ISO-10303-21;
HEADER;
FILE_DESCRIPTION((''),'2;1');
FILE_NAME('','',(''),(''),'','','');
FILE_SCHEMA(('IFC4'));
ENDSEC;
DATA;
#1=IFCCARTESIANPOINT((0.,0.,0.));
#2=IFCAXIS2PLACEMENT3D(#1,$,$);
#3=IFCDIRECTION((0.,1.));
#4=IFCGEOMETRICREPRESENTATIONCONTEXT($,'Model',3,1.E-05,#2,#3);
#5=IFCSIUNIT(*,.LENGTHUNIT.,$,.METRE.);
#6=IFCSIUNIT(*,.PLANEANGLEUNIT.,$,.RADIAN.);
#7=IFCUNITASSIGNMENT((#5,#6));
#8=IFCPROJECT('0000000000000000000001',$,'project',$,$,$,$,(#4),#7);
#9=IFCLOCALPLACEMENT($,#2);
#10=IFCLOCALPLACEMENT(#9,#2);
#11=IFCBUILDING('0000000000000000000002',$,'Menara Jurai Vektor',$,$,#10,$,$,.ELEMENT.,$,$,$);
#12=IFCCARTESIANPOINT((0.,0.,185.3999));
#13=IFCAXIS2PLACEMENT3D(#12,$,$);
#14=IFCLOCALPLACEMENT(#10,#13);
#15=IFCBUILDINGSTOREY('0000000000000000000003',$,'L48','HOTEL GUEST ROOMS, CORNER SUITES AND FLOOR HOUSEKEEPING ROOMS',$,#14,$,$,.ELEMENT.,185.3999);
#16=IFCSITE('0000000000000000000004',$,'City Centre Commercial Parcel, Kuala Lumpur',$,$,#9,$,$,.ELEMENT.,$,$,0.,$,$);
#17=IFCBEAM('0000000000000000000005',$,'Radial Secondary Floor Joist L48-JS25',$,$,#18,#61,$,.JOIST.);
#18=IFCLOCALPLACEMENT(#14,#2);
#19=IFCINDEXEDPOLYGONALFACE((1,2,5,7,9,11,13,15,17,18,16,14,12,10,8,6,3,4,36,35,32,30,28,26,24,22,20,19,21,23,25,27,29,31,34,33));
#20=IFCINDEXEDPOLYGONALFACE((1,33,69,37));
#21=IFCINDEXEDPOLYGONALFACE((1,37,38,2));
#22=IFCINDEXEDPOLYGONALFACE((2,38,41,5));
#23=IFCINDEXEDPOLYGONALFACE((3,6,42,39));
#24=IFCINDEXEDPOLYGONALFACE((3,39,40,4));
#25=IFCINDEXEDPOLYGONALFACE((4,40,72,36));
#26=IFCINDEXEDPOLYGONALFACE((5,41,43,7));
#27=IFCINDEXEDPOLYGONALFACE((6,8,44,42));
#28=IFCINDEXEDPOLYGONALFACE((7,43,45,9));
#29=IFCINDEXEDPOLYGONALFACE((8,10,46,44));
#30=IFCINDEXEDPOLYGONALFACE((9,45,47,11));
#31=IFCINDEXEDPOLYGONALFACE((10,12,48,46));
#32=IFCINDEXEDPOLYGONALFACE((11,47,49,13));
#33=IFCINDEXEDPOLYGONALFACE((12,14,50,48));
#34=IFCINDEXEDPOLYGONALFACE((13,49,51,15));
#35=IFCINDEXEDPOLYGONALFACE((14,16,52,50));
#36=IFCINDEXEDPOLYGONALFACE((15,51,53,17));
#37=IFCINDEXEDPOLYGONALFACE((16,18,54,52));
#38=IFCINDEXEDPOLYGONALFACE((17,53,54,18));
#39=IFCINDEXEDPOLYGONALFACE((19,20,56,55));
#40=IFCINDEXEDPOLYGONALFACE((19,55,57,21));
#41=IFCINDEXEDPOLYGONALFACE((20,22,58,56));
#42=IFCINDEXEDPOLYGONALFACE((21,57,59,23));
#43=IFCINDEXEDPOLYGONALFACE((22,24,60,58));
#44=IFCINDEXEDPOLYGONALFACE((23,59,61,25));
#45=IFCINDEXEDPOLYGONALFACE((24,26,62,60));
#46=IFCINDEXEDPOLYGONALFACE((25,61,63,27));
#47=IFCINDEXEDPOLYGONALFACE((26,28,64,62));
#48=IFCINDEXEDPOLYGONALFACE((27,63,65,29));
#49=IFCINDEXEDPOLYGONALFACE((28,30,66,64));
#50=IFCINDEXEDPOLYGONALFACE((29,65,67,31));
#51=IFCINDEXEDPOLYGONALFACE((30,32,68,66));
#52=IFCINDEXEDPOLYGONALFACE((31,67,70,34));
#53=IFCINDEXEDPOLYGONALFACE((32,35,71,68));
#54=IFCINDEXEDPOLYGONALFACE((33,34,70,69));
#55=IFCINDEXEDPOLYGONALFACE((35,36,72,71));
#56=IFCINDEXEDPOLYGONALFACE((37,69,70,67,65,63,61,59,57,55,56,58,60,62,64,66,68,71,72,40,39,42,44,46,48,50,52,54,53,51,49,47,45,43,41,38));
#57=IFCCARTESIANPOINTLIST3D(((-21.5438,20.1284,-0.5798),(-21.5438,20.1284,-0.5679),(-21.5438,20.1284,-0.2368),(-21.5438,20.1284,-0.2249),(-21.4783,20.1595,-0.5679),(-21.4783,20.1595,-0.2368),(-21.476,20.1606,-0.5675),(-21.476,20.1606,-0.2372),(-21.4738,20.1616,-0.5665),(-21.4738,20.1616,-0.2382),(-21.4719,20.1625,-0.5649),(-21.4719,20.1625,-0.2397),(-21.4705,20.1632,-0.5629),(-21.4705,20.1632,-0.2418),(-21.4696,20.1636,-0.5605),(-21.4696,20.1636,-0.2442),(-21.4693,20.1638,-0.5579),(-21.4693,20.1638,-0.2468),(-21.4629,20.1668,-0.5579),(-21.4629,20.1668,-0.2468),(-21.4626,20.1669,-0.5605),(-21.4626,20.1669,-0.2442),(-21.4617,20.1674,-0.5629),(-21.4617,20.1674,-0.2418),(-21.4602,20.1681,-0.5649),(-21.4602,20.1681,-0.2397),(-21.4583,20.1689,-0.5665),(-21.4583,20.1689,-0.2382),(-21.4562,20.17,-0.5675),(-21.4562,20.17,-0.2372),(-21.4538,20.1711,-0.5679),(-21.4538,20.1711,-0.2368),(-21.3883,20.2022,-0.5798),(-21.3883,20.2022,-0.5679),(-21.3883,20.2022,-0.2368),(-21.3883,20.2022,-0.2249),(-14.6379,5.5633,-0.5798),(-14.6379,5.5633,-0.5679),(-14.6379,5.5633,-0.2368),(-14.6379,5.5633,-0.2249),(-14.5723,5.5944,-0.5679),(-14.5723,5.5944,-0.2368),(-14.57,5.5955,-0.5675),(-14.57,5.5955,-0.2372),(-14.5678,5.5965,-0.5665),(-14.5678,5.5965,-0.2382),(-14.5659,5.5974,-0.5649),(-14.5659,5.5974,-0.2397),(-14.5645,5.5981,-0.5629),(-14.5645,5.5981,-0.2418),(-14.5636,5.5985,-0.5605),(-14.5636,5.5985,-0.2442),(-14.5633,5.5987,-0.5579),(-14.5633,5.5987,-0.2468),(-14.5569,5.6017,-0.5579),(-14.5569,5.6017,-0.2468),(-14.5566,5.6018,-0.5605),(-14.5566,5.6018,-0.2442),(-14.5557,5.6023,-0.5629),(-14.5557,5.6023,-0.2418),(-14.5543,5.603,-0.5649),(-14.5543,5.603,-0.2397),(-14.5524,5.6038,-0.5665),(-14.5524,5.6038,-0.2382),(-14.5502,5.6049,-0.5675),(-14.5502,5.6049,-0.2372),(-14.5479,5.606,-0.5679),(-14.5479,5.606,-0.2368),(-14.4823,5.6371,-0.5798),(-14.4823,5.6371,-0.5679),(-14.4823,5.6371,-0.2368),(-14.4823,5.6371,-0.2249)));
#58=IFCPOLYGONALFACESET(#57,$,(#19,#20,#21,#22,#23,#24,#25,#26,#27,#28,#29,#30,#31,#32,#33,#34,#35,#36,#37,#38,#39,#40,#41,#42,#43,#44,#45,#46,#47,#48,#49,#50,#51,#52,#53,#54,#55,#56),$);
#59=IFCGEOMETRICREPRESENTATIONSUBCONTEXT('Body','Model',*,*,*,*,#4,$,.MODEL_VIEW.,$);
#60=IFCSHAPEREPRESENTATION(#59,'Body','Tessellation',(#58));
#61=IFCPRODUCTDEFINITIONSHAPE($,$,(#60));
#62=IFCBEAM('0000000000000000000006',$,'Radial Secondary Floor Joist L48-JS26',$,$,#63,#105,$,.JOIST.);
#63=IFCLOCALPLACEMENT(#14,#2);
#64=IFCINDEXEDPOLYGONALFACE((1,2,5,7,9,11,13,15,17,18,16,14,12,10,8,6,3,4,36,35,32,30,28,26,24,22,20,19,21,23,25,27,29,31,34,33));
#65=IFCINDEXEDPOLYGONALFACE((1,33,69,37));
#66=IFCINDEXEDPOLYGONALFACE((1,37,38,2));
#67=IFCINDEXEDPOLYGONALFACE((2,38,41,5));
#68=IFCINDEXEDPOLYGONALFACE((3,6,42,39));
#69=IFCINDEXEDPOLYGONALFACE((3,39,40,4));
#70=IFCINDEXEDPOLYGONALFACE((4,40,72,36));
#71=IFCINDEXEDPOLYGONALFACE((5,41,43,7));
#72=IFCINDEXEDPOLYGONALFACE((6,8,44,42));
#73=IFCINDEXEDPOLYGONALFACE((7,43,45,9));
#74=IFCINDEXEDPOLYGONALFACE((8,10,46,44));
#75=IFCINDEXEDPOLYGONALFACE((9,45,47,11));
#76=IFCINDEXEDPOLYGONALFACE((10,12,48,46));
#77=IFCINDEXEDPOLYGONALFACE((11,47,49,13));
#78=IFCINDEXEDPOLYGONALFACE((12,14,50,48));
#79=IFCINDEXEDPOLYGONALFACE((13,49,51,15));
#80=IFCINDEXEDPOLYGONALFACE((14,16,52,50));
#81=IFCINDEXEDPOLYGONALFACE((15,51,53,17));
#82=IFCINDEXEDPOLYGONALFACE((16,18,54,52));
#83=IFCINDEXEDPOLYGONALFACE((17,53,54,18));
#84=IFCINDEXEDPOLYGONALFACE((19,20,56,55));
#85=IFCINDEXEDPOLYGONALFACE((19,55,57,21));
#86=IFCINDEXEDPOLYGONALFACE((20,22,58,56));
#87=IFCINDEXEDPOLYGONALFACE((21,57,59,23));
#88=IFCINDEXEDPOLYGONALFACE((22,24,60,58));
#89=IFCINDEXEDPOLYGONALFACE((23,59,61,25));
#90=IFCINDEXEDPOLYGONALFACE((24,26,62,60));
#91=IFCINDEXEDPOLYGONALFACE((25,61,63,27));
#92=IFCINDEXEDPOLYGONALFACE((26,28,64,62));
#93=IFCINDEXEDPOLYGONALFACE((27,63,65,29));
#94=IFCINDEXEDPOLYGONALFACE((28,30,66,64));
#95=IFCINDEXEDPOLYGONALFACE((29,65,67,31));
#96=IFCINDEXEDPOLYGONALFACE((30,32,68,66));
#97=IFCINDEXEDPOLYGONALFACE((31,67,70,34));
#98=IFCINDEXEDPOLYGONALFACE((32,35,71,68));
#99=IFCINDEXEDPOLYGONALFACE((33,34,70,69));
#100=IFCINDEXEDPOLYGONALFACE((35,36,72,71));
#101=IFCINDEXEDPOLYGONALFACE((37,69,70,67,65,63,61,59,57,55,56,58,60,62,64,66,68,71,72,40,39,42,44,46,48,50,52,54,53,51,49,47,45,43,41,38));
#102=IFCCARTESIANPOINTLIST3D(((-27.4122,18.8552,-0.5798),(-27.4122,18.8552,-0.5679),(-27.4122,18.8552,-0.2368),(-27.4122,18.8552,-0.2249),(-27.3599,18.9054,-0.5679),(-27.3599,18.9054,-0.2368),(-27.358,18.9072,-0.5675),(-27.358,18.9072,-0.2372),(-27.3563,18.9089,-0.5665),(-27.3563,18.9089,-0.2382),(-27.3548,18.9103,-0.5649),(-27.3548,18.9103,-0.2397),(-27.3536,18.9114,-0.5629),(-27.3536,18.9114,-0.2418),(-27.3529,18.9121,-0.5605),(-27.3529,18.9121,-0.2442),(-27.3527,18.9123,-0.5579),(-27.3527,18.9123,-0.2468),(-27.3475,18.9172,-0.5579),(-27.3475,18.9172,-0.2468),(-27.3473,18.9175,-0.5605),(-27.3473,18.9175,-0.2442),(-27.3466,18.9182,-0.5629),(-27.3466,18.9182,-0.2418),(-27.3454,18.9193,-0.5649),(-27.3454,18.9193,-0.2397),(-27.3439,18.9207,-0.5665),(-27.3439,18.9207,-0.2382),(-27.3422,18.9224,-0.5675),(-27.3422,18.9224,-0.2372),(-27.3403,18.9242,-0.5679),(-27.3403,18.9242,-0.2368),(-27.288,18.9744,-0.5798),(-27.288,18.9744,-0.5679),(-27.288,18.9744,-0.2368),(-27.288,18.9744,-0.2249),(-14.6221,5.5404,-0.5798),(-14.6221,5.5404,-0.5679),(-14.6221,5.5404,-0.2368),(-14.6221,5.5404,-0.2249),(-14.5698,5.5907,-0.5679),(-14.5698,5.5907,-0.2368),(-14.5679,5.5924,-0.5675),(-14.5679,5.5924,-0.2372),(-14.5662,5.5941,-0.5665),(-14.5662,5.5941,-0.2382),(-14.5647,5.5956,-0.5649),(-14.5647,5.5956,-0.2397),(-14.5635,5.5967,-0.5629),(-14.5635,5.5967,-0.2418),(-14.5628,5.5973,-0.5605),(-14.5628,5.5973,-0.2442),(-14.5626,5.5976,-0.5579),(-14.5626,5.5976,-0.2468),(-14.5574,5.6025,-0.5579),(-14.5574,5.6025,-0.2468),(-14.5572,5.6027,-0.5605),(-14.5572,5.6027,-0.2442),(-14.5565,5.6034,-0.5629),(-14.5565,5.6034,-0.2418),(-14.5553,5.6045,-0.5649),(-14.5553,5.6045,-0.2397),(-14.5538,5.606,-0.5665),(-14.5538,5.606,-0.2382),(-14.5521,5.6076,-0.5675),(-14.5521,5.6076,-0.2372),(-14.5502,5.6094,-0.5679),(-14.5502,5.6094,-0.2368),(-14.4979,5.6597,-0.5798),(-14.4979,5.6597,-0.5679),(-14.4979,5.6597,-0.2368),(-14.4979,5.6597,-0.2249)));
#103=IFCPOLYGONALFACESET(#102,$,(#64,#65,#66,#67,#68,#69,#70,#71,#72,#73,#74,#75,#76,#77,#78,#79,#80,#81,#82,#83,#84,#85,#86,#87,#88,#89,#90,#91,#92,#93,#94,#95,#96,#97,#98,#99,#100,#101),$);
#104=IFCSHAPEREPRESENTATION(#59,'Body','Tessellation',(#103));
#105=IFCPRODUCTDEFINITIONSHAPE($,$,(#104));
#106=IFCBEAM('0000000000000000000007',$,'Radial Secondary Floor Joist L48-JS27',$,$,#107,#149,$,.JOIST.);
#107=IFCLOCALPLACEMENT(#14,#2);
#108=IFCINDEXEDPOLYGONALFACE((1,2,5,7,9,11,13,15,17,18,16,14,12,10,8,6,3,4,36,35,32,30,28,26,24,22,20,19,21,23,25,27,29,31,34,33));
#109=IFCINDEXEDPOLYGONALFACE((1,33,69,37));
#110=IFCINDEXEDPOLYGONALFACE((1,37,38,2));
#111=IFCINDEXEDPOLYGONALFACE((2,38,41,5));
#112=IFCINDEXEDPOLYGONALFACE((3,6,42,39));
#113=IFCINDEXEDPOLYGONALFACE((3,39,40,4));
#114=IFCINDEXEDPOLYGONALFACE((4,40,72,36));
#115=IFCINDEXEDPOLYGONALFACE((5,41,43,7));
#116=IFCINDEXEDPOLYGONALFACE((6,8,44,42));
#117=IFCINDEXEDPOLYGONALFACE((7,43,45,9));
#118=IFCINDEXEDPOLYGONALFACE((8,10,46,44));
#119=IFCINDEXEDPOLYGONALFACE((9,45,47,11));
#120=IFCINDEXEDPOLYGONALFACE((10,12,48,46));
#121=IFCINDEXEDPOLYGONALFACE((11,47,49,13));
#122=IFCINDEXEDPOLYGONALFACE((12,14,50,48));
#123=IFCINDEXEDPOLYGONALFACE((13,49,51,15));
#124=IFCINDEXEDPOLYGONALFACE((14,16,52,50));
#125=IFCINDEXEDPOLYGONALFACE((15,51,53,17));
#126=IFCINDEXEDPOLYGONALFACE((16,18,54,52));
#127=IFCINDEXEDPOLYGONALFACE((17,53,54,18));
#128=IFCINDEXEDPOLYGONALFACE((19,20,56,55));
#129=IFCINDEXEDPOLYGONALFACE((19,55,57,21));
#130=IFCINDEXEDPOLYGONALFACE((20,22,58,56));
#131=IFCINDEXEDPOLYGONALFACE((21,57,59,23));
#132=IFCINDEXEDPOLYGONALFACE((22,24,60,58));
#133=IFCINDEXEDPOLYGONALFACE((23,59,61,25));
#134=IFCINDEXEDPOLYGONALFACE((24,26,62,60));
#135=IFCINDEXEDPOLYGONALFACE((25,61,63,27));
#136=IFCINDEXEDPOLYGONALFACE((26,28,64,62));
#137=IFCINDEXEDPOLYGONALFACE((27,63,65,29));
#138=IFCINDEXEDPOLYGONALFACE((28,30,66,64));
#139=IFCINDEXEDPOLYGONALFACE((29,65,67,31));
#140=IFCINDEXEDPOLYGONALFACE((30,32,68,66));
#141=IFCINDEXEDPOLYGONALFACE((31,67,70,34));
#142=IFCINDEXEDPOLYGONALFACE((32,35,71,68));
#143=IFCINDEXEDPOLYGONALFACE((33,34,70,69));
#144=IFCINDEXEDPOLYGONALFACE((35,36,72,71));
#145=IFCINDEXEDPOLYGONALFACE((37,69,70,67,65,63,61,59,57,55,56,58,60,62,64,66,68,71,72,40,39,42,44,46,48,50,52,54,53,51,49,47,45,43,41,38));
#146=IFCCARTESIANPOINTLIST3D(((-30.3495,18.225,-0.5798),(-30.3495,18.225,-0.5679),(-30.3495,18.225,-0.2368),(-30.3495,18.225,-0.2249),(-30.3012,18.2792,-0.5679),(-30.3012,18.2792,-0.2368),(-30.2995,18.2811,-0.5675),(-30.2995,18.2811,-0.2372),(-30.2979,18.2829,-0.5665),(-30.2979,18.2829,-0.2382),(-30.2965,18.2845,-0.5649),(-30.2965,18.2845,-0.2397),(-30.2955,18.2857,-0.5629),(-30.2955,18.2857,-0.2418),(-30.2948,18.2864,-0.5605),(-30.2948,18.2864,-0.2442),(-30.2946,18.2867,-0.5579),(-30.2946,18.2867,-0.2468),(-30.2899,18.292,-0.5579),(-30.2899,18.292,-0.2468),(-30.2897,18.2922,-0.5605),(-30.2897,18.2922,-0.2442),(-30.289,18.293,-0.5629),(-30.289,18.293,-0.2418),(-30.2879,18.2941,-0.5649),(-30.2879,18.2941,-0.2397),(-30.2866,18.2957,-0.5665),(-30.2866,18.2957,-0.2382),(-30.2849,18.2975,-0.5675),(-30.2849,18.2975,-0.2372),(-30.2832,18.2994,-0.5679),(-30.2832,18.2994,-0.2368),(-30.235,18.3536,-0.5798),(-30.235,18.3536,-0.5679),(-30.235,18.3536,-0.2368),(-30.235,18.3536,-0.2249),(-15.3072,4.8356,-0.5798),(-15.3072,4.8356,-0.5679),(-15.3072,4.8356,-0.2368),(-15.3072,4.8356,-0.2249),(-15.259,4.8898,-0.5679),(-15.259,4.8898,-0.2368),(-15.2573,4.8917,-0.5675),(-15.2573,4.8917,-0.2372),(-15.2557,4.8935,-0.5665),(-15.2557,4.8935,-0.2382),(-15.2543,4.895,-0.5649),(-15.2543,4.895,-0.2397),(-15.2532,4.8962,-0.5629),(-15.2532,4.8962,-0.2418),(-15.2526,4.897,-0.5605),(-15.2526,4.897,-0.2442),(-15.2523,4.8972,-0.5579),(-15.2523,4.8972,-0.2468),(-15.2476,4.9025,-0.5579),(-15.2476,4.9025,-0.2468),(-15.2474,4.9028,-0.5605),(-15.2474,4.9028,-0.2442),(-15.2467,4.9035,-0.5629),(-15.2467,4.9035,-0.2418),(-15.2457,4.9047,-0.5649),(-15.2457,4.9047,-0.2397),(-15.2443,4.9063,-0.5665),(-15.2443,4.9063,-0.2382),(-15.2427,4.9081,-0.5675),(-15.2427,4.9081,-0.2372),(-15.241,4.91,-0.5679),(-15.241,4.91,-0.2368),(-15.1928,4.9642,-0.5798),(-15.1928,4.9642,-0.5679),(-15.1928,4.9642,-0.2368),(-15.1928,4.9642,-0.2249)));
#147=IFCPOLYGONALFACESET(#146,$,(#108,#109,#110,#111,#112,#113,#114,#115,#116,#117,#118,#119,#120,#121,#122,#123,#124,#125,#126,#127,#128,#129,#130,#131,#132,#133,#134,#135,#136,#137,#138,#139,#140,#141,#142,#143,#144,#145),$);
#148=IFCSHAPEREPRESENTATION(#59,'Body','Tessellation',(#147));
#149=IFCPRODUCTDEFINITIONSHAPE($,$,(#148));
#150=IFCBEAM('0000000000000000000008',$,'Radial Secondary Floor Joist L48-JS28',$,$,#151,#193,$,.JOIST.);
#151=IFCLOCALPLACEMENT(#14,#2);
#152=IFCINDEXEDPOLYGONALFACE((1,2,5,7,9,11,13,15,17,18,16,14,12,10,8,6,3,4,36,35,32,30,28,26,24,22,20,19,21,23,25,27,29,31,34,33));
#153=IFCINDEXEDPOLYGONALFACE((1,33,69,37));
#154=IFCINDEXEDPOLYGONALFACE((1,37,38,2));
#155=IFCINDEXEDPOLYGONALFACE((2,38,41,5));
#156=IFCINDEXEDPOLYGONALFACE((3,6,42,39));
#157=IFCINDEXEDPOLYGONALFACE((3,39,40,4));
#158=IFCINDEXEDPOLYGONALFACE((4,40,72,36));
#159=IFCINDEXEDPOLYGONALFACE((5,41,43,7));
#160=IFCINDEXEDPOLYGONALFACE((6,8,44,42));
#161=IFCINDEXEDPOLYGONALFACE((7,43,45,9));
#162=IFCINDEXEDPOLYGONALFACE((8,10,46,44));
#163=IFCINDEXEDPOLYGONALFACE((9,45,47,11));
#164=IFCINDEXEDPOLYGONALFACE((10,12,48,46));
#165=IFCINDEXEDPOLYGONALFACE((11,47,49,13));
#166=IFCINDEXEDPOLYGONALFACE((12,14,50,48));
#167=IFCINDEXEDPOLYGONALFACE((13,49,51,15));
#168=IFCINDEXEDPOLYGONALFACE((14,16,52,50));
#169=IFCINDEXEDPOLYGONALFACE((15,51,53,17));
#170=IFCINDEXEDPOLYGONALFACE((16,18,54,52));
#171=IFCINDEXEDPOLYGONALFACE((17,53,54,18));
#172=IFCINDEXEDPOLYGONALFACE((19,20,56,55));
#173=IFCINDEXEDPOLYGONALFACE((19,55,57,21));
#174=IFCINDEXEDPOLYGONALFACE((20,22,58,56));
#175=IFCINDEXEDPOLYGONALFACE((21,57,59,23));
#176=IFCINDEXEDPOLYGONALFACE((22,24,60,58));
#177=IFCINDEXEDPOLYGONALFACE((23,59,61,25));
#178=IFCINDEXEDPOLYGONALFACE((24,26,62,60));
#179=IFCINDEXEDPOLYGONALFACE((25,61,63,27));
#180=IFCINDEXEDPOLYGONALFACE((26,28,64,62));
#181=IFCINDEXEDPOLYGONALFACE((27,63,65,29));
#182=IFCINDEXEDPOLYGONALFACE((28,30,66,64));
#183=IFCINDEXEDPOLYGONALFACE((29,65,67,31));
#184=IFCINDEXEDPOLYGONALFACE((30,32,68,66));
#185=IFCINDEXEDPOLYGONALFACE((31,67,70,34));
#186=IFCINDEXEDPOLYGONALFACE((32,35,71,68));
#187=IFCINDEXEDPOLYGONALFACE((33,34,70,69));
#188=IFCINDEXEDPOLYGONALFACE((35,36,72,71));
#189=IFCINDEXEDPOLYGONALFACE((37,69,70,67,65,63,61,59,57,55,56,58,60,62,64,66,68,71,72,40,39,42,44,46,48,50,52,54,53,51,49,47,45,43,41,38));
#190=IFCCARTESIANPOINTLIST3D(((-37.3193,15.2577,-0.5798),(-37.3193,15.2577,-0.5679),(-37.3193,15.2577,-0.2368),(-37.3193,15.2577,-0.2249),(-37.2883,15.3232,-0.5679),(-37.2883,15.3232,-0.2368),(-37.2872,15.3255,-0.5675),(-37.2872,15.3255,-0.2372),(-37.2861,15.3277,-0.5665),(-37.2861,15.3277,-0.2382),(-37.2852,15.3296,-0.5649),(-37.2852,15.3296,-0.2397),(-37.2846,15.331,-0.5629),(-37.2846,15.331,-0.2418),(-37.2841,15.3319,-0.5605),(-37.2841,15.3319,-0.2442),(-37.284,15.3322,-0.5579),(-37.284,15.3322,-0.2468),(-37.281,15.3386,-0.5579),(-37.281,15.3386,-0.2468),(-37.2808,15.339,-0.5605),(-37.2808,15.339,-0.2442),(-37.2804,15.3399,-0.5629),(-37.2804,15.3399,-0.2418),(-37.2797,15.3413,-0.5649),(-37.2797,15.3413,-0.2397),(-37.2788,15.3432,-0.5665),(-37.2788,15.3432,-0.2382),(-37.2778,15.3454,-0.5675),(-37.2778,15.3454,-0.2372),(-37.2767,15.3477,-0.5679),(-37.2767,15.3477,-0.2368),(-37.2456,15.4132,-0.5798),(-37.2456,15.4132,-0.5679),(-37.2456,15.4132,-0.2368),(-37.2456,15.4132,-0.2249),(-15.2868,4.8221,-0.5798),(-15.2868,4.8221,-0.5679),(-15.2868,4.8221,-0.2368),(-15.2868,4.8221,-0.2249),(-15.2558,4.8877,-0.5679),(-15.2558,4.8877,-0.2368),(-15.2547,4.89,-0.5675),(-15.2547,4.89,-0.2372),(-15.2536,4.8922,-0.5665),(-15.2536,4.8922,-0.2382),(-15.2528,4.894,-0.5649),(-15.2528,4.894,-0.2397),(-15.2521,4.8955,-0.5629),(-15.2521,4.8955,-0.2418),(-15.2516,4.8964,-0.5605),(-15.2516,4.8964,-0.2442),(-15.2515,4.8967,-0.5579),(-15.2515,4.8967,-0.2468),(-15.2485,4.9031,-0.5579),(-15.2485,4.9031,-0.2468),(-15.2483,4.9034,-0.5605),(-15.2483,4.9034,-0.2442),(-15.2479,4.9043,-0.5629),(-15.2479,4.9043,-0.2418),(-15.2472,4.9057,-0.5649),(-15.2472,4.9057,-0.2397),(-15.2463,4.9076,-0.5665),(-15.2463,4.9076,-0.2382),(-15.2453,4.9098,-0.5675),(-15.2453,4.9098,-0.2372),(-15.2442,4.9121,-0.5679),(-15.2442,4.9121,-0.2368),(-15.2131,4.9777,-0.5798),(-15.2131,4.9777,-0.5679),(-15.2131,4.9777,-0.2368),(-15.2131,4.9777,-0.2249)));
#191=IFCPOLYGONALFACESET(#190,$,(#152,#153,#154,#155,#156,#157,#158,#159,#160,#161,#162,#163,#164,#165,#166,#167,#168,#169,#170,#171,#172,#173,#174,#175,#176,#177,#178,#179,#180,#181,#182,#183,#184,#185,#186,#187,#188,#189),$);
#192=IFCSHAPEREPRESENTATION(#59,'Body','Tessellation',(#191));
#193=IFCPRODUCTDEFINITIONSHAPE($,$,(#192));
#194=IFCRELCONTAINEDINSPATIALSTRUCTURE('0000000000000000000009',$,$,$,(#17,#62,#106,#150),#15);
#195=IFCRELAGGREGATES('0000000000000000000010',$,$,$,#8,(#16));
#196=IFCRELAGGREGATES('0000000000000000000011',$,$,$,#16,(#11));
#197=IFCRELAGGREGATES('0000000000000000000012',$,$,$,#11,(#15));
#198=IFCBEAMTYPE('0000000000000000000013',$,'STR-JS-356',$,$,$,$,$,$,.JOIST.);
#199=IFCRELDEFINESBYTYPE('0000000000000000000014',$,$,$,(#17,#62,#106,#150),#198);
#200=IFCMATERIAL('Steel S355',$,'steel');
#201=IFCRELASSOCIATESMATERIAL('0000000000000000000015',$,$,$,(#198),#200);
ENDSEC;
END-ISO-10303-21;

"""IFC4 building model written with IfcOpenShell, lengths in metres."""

from ifc_helpers import new_model, si_unit, direction, frame, origin, origin_2d, place, context, subcontext, project, spatial, i_section, extrude, material, material_profile, profile_set, type_object, element, save


model = new_model("IFC4")

# Units and contexts
model_context = context("Model", 3, precision=1e-05, world=origin(), true_north=direction((0.0, 1.0)))
body_context = subcontext(model_context, "Body", "Model", "MODEL_VIEW")
ifc_project = project(units=[si_unit("LENGTHUNIT", "METRE"), si_unit("PLANEANGLEUNIT", "RADIAN")], contexts=[model_context])

# Site, building, storey
site_placement = place(None, origin())
site = spatial("IfcSite", under=ifc_project, at=site_placement, Name="City Centre Commercial Parcel, Kuala Lumpur", CompositionType="ELEMENT", RefElevation=0.0)
building_placement = place(site_placement, origin())
building = spatial("IfcBuilding", under=site, at=building_placement, Name="Menara Jurai Vektor", CompositionType="ELEMENT")
storey_placement = place(building_placement, frame((0.0, 0.0, 185.3999)))
storey = spatial("IfcBuildingStorey", under=building, at=storey_placement, Name="L48", Description="HOTEL GUEST ROOMS, CORNER SUITES AND FLOOR HOUSEKEEPING ROOMS", CompositionType="ELEMENT", Elevation=185.3999)

# Beams
ifc_material_1 = material(Name="Steel S355", Category="steel")
ifc_material_profile_1 = material_profile(ifc_material_1, i_section(OverallWidth=0.1721, OverallDepth=0.355, WebThickness=0.0071, FlangeThickness=0.012, FilletRadius=0.01, at=origin_2d()), Name="UKB 356x171x51")
ifc_profile_set_1 = profile_set([ifc_material_profile_1], Name="Steel S355")
beam_type_1 = type_object("IfcBeamType", Name="STR-JS-356", PredefinedType="JOIST", material=ifc_profile_set_1)
beam_1_placement = place(storey_placement, frame((-21.4661, 20.1653, -0.4023), z_axis=(0.428426, -0.903577, 0.0), x_axis=(0.903577, 0.428426, 0.0)))
element("IfcBeam", 1, at=beam_1_placement, inside=storey, type_object=beam_type_1, Name="Radial Secondary Floor Joist L48-JS25", PredefinedType="JOIST", context=body_context, shape_type="SweptSolid", body=[
    extrude(i_section(OverallWidth=0.1721, OverallDepth=0.355, WebThickness=0.0071, FlangeThickness=0.012, FilletRadius=0.01, at=origin_2d()), origin(), (0.0, 0.0, 1.0), 16.1194),
])
beam_2_placement = place(storey_placement, frame((-27.3501, 18.9148, -0.4023), z_axis=(0.692755, -0.721173, 0.0), x_axis=(0.721173, 0.692755, 0.0)))
element("IfcBeam", 2, at=beam_2_placement, inside=storey, type_object=beam_type_1, Name="Radial Secondary Floor Joist L48-JS26", PredefinedType="JOIST", context=body_context, shape_type="SweptSolid", body=[
    extrude(i_section(OverallWidth=0.1721, OverallDepth=0.355, WebThickness=0.0071, FlangeThickness=0.012, FilletRadius=0.01, at=origin_2d()), origin(), (0.0, 0.0, 1.0), 18.4626),
])
beam_3_placement = place(storey_placement, frame((-30.2922, 18.2893, -0.4023), z_axis=(0.746952, -0.664878, 0.0), x_axis=(0.664878, 0.746952, 0.0)))
element("IfcBeam", 3, at=beam_3_placement, inside=storey, type_object=beam_type_1, Name="Radial Secondary Floor Joist L48-JS27", PredefinedType="JOIST", context=body_context, shape_type="SweptSolid", body=[
    extrude(i_section(OverallWidth=0.1721, OverallDepth=0.355, WebThickness=0.0071, FlangeThickness=0.012, FilletRadius=0.01, at=origin_2d()), origin(), (0.0, 0.0, 1.0), 20.1382),
])
beam_4_placement = place(storey_placement, frame((-37.2825, 15.3354, -0.4023), z_axis=(0.903752, -0.428057, 0.0), x_axis=(0.428057, 0.903752, 0.0)))
element("IfcBeam", 4, at=beam_4_placement, inside=storey, type_object=beam_type_1, Name="Radial Secondary Floor Joist L48-JS28", PredefinedType="JOIST", context=body_context, shape_type="SweptSolid", body=[
    extrude(i_section(OverallWidth=0.1721, OverallDepth=0.355, WebThickness=0.0071, FlangeThickness=0.012, FilletRadius=0.01, at=origin_2d()), origin(), (0.0, 0.0, 1.0), 24.3789),
])

save(model, "model.ifc")
